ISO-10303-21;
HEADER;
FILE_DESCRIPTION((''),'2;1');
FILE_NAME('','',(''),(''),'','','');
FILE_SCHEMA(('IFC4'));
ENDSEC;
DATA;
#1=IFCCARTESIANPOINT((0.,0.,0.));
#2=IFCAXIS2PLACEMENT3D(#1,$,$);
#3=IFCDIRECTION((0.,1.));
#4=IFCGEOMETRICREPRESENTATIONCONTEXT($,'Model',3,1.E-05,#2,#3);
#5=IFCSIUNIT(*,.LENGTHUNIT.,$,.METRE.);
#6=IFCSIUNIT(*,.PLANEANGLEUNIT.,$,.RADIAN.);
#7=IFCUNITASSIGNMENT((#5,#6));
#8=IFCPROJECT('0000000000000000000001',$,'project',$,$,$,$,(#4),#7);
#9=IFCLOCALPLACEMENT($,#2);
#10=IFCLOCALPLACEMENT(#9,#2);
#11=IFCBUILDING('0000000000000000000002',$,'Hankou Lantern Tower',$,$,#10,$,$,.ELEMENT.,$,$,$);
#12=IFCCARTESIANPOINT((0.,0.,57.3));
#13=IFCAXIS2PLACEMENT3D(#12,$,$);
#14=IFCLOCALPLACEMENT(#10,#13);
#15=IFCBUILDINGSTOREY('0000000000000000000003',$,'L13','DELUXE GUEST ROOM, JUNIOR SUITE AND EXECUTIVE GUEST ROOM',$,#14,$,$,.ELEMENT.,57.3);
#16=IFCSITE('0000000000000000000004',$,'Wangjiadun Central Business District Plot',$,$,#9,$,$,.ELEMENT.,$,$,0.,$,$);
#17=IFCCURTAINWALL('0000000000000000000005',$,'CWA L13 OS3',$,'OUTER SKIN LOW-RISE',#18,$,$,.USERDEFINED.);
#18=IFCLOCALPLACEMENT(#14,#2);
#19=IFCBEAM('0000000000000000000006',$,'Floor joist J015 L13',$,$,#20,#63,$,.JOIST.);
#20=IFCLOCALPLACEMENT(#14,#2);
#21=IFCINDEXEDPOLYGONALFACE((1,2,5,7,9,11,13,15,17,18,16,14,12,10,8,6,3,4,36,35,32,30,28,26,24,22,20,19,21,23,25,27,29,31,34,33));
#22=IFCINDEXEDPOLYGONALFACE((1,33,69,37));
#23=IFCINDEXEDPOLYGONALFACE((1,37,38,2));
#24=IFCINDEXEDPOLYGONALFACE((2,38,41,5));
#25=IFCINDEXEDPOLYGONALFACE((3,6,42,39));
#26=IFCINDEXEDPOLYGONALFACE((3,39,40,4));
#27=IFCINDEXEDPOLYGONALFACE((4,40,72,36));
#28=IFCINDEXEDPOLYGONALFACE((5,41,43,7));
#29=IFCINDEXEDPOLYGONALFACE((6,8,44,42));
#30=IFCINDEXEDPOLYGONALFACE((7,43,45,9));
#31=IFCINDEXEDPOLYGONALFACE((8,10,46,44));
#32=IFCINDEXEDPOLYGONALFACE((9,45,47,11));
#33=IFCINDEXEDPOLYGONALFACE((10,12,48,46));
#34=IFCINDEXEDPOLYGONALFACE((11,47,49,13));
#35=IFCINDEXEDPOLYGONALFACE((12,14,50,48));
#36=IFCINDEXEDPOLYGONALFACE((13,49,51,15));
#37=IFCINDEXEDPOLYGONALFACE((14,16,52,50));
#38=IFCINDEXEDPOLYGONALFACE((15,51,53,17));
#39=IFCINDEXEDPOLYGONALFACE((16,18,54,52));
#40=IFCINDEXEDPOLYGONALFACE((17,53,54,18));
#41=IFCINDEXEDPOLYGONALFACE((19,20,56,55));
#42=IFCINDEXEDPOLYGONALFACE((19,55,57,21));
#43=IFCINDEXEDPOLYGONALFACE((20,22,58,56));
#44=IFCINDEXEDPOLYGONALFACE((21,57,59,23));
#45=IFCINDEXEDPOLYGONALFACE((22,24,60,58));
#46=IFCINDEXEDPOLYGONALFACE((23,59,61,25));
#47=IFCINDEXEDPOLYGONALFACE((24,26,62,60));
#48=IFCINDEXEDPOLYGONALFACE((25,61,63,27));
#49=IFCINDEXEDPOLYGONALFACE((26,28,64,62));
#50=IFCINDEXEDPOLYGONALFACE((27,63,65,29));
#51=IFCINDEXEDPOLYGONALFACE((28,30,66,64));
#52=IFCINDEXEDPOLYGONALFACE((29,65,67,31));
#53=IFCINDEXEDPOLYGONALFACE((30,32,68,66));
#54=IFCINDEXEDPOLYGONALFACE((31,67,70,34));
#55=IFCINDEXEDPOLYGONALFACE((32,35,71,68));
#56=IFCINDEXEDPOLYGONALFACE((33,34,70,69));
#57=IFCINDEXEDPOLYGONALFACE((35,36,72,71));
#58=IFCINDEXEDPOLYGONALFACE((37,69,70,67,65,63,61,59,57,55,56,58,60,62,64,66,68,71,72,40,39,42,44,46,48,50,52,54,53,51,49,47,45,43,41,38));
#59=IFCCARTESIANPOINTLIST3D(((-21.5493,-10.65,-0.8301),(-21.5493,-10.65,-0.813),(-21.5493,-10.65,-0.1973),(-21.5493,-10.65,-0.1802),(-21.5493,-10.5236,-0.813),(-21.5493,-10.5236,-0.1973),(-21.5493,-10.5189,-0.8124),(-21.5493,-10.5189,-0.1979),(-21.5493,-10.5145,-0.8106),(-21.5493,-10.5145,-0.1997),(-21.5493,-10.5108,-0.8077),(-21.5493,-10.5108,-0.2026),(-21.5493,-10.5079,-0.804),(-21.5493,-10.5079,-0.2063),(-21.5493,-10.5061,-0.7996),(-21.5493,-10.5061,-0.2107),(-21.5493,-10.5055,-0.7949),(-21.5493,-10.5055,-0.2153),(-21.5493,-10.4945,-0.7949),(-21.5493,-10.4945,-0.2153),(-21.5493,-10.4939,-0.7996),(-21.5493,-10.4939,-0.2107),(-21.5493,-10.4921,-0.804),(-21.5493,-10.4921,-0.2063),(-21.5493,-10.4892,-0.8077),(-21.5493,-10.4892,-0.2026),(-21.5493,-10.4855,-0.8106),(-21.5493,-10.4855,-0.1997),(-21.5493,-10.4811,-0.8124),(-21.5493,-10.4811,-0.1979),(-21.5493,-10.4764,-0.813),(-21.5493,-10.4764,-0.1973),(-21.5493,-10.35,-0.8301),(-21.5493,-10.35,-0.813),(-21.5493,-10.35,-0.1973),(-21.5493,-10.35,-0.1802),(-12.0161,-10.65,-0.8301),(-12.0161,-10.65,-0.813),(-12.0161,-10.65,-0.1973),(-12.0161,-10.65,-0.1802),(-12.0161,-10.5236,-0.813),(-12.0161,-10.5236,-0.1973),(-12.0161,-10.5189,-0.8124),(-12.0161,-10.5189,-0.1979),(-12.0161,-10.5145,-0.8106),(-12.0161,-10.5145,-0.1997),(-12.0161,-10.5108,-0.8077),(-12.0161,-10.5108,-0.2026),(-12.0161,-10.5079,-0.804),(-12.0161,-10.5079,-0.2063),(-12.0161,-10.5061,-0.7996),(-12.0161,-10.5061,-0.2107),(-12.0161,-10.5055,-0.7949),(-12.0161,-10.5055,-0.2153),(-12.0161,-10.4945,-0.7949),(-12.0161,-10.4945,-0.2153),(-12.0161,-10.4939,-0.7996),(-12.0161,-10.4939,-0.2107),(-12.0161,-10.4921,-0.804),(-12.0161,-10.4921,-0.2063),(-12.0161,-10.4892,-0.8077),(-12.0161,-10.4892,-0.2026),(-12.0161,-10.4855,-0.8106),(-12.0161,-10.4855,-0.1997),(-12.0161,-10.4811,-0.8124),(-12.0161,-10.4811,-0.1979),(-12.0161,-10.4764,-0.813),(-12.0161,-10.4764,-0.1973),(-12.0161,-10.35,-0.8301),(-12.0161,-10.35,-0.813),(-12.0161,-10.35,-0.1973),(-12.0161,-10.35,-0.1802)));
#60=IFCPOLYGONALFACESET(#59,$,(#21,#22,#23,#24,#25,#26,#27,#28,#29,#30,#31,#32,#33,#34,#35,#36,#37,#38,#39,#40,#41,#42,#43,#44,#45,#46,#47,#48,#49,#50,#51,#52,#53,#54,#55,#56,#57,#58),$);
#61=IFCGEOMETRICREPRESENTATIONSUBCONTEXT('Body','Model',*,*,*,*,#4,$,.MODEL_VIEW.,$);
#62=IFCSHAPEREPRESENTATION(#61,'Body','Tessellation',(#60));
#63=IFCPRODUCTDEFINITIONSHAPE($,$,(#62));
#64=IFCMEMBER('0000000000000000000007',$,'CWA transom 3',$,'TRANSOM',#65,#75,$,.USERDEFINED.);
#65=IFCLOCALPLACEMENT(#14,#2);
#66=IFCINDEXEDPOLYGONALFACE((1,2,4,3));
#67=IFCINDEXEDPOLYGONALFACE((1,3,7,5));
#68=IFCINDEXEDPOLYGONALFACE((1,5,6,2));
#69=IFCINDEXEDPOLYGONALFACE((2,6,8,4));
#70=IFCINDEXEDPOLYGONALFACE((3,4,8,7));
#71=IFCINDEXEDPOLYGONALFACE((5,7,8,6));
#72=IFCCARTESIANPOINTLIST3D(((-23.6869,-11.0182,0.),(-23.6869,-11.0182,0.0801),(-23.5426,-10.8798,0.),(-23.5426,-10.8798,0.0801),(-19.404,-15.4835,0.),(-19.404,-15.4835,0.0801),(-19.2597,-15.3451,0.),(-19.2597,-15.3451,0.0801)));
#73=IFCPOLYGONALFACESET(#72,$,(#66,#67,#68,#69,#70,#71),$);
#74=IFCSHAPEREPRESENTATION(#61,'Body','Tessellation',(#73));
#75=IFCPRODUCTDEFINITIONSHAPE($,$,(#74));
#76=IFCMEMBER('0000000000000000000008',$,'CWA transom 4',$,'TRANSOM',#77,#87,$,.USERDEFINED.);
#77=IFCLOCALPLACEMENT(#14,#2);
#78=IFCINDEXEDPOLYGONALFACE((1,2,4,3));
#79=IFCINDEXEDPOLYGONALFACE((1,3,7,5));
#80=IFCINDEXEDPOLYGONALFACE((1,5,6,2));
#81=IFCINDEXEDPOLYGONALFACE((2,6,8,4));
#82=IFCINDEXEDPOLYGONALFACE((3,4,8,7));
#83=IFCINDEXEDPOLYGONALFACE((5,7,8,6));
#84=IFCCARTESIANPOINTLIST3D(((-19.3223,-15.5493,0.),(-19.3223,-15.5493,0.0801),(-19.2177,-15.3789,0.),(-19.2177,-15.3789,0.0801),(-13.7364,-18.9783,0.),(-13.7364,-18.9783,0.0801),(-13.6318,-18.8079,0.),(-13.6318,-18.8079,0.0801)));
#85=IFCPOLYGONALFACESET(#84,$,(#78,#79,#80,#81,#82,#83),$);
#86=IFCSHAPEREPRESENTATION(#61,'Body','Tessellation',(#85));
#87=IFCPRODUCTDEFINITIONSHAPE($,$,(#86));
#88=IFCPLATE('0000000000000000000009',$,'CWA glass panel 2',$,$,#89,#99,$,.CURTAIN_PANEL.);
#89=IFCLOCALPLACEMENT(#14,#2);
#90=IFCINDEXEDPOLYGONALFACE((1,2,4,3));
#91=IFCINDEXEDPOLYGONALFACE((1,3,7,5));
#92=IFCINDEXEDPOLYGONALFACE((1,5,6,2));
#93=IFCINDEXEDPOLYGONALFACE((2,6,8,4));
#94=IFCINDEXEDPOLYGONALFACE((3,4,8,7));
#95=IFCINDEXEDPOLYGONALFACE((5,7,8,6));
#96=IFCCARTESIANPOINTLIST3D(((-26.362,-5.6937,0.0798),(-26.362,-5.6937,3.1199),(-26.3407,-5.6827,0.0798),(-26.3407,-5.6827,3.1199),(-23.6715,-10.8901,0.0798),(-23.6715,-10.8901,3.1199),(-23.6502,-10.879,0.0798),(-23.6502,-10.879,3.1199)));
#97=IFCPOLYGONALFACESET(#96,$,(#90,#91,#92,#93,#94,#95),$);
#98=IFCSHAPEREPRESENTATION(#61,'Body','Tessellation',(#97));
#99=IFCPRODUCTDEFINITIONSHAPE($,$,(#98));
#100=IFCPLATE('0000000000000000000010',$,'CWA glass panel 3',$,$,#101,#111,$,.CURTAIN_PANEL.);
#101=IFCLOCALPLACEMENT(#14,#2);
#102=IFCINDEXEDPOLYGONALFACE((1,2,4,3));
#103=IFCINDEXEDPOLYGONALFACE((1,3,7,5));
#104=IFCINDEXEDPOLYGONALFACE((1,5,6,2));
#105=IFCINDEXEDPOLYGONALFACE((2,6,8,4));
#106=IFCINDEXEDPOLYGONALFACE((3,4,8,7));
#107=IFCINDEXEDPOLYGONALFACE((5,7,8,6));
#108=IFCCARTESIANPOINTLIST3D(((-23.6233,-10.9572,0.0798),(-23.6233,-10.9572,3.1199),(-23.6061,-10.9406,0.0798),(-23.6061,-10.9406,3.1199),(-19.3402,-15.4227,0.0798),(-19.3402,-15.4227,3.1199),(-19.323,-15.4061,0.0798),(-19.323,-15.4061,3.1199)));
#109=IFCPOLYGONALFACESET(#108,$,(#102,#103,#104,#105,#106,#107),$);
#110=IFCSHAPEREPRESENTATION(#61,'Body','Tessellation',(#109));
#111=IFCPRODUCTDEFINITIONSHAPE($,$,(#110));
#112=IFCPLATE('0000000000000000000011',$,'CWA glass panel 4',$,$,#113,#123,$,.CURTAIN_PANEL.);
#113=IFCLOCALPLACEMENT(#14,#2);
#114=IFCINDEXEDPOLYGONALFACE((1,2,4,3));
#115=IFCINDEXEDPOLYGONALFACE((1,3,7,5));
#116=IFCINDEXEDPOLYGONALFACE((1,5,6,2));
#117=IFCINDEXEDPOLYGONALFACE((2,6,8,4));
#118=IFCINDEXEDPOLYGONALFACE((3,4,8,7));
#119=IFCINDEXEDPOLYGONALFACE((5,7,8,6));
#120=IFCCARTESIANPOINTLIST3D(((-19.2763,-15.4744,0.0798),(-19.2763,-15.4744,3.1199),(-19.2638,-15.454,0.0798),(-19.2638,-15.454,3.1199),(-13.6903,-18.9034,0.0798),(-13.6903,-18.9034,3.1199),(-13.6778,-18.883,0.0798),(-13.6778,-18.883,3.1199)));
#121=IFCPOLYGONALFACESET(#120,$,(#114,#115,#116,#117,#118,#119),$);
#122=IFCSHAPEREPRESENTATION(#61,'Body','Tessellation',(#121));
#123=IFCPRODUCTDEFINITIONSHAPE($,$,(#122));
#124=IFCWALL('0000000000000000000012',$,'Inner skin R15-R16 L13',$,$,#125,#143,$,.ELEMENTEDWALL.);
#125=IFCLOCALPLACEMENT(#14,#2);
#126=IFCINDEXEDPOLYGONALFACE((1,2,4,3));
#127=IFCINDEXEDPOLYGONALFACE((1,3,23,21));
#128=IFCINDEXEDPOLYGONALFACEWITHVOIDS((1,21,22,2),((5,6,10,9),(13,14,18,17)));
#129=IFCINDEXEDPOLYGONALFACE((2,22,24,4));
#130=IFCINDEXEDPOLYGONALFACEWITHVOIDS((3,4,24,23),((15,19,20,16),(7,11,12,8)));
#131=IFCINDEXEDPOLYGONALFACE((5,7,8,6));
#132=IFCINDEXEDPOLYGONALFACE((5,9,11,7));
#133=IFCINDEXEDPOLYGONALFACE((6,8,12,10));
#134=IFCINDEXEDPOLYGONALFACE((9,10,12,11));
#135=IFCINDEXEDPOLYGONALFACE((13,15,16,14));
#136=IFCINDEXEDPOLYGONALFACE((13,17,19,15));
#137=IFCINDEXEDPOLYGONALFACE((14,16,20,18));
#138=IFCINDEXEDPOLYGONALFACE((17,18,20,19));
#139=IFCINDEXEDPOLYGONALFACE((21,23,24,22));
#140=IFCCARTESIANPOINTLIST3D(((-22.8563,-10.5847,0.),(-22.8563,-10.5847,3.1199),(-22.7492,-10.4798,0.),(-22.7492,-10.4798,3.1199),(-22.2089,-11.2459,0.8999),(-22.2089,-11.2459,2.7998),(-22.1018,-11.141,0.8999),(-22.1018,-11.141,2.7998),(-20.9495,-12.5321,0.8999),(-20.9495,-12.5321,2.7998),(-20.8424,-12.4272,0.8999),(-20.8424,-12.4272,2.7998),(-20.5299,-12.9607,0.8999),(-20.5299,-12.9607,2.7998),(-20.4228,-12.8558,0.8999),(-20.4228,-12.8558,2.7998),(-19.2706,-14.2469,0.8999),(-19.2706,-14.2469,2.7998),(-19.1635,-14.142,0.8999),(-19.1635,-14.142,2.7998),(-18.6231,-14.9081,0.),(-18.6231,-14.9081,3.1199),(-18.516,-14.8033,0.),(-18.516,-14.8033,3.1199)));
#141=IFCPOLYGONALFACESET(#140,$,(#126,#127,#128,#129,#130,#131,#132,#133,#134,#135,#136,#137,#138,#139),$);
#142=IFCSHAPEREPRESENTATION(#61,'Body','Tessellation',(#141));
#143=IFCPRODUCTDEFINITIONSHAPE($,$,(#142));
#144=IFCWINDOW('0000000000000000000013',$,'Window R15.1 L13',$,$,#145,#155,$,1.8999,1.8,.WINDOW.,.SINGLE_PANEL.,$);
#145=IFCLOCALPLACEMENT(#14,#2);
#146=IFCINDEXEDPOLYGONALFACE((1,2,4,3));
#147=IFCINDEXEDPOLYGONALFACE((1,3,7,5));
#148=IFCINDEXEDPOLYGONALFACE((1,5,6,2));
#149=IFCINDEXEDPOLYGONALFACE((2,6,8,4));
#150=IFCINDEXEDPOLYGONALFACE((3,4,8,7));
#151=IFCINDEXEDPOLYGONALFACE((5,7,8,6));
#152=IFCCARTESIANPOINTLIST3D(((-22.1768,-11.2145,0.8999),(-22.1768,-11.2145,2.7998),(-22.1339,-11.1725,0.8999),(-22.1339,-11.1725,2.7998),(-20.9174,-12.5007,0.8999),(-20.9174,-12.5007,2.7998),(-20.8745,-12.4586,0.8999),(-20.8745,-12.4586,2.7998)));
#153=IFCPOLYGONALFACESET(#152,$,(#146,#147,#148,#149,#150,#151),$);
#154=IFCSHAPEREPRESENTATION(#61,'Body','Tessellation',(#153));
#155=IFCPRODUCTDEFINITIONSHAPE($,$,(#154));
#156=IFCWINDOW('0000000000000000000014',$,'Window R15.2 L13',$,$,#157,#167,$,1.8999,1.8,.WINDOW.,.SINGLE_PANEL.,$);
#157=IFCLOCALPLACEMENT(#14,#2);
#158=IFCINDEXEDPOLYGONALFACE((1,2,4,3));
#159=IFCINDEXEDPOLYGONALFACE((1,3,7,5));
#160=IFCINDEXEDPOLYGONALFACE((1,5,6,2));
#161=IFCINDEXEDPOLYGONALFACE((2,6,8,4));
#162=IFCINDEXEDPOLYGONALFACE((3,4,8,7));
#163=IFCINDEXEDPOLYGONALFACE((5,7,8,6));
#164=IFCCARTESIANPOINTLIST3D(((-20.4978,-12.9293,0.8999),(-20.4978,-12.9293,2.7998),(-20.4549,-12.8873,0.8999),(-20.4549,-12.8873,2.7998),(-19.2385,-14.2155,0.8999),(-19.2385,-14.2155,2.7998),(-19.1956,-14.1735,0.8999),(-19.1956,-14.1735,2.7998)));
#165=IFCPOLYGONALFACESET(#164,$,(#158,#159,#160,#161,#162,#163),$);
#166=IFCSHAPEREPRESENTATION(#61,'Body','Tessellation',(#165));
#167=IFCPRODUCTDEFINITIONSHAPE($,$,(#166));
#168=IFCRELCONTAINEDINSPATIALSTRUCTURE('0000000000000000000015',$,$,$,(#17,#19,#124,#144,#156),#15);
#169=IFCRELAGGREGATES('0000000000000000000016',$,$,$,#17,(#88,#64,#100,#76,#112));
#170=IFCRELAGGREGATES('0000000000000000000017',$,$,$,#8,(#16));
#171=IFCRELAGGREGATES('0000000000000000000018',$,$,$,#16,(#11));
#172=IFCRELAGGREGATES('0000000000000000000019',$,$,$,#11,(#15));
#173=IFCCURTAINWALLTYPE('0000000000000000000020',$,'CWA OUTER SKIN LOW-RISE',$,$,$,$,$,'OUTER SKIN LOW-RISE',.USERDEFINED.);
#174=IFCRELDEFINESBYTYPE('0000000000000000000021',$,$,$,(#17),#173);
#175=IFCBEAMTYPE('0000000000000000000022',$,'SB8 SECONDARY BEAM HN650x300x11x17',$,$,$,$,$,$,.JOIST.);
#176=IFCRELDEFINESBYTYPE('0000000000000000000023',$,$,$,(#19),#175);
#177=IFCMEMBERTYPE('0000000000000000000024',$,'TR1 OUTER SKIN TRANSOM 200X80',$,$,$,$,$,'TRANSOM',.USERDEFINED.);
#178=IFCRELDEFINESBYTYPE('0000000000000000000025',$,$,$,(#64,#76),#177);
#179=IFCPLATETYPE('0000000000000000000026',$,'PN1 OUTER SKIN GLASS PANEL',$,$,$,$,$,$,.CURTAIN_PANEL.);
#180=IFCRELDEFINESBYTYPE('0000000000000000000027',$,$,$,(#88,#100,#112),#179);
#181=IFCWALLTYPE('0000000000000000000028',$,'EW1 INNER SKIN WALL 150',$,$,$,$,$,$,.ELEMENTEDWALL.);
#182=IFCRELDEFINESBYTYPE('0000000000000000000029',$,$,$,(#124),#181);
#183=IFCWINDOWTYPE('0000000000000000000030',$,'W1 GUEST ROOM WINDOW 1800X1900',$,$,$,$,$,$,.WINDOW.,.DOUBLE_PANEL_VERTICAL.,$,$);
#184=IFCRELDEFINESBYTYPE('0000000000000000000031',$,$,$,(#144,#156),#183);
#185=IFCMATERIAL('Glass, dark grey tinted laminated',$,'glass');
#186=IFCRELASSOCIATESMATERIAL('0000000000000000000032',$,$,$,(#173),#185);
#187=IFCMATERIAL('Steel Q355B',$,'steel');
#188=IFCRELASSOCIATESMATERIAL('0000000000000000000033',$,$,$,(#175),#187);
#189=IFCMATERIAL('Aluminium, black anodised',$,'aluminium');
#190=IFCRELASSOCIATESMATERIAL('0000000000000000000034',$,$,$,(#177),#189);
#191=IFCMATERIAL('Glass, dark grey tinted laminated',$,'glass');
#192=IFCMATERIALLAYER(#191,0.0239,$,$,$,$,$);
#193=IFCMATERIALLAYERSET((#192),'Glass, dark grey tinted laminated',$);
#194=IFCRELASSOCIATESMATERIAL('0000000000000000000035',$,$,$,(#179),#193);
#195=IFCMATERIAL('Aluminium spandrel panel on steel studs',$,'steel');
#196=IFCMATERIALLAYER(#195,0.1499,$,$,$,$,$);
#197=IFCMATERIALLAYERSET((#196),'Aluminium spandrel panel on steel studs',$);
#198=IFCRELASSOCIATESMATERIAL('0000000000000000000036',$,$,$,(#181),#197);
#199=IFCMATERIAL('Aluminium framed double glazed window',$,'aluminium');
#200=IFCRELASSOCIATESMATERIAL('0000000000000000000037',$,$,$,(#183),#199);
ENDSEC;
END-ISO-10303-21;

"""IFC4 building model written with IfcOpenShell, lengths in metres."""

from ifc_helpers import new_model, si_unit, direction, frame, frame_2d, origin, origin_2d, place, context, subcontext, project, spatial, rectangle, i_section, extrude, material, layer, layer_set, material_profile, profile_set, type_object, element, fill, aggregate, save


model = new_model("IFC4")

# Units and contexts
model_context = context("Model", 3, precision=1e-05, world=origin(), true_north=direction((0.0, 1.0)))
body_context = subcontext(model_context, "Body", "Model", "MODEL_VIEW")
ifc_project = project(units=[si_unit("LENGTHUNIT", "METRE"), si_unit("PLANEANGLEUNIT", "RADIAN")], contexts=[model_context])

# Site, building, storey
site_placement = place(None, origin())
site = spatial("IfcSite", under=ifc_project, at=site_placement, Name="Wangjiadun Central Business District Plot", CompositionType="ELEMENT", RefElevation=0.0)
building_placement = place(site_placement, origin())
building = spatial("IfcBuilding", under=site, at=building_placement, Name="Hankou Lantern Tower", CompositionType="ELEMENT")
storey_placement = place(building_placement, frame((0.0, 0.0, 57.3)))
storey = spatial("IfcBuildingStorey", under=building, at=storey_placement, Name="L13", Description="DELUXE GUEST ROOM, JUNIOR SUITE AND EXECUTIVE GUEST ROOM", CompositionType="ELEMENT", Elevation=57.3)

# Curtain wall
ifc_material_1 = material(Name="Glass, dark grey tinted laminated", Category="glass")
curtain_wall_type = type_object("IfcCurtainWallType", Name="CWA OUTER SKIN LOW-RISE", ElementType="OUTER SKIN LOW-RISE", PredefinedType="USERDEFINED", material=ifc_material_1)
curtain_wall_placement = place(storey_placement, origin())
curtain_wall = element("IfcCurtainWall", 1, at=curtain_wall_placement, inside=storey, type_object=curtain_wall_type, Name="CWA L13 OS3", ObjectType="OUTER SKIN LOW-RISE", PredefinedType="USERDEFINED")

# Beam
ifc_material_2 = material(Name="Steel Q355B", Category="steel")
ifc_material_profile_1 = material_profile(ifc_material_2, i_section(OverallWidth=0.3, OverallDepth=0.6499, WebThickness=0.011, FlangeThickness=0.0171, FilletRadius=0.0181, at=origin_2d()), Name="HN650x300x11x17")
ifc_profile_set_1 = profile_set([ifc_material_profile_1], Name="Steel Q355B")
beam_type_1 = type_object("IfcBeamType", Name="SB8 SECONDARY BEAM HN650x300x11x17", PredefinedType="JOIST", material=ifc_profile_set_1)
beam_1_placement = place(storey_placement, frame((-21.5493, -10.5, -0.5051), z_axis=(1.0, 0.0, 0.0), x_axis=(0.0, 1.0, 0.0)))
element("IfcBeam", 2, at=beam_1_placement, inside=storey, type_object=beam_type_1, Name="Floor joist J015 L13", PredefinedType="JOIST", context=body_context, shape_type="SweptSolid", body=[
    extrude(i_section(OverallWidth=0.3, OverallDepth=0.6499, WebThickness=0.011, FlangeThickness=0.0171, FilletRadius=0.0181, at=origin_2d()), origin(), (0.0, 0.0, 1.0), 9.5332),
])

# Members
ifc_material_3 = material(Name="Aluminium, black anodised", Category="aluminium")
ifc_material_profile_2 = material_profile(ifc_material_3, rectangle(XDim=0.2, YDim=0.0801, at=origin_2d()), Name="TR1 200X80")
ifc_profile_set_2 = profile_set([ifc_material_profile_2], Name="Aluminium, black anodised")
member_type_1 = type_object("IfcMemberType", Name="TR1 OUTER SKIN TRANSOM 200X80", ElementType="TRANSOM", PredefinedType="USERDEFINED", material=ifc_profile_set_2)
member_1_placement = place(storey_placement, frame((-23.6147, -10.949, 0.04), z_axis=(0.692216, -0.721691, 0.0), x_axis=(0.721691, 0.692216, 0.0)))
member_1 = element("IfcMember", 3, at=member_1_placement, type_object=member_type_1, Name="CWA transom 3", ObjectType="TRANSOM", PredefinedType="USERDEFINED", context=body_context, shape_type="SweptSolid", body=[
    extrude(rectangle(XDim=0.2, YDim=0.0801, at=origin_2d()), origin(), (0.0, 0.0, 1.0), 6.1873),
])
member_2_placement = place(storey_placement, frame((-19.27, -15.4641, 0.04), z_axis=(0.85224, -0.523152, 0.0), x_axis=(0.523152, 0.85224, 0.0)))
member_2 = element("IfcMember", 4, at=member_2_placement, type_object=member_type_1, Name="CWA transom 4", ObjectType="TRANSOM", PredefinedType="USERDEFINED", context=body_context, shape_type="SweptSolid", body=[
    extrude(rectangle(XDim=0.2, YDim=0.0801, at=origin_2d()), origin(), (0.0, 0.0, 1.0), 6.5544),
])

# Plates
ifc_material_4 = material(Name="Glass, dark grey tinted laminated", Category="glass")
ifc_layer_1 = layer(ifc_material_4, 0.0239)
ifc_layer_set_1 = layer_set([ifc_layer_1], Name="Glass, dark grey tinted laminated")
plate_type = type_object("IfcPlateType", Name="PN1 OUTER SKIN GLASS PANEL", PredefinedType="CURTAIN_PANEL", material=ifc_layer_set_1)
plate_1_placement = place(storey_placement, frame((-25.0061, -8.2864, 0.0798), z_axis=(0.0, 0.0, 1.0), x_axis=(0.459791, -0.888027, 0.0)))
plate_1 = element("IfcPlate", 5, at=plate_1_placement, type_object=plate_type, Name="CWA glass panel 2", PredefinedType="CURTAIN_PANEL", context=body_context, shape_type="SweptSolid", body=[
    extrude(rectangle(XDim=5.8516, YDim=0.0239, at=origin_2d()), origin(), (0.0, 0.0, 1.0), 3.04),
])
plate_2_placement = place(storey_placement, frame((-21.4731, -13.1816, 0.0798), z_axis=(0.0, 0.0, 1.0), x_axis=(0.692216, -0.721691, 0.0)))
plate_2 = element("IfcPlate", 6, at=plate_2_placement, type_object=plate_type, Name="CWA glass panel 3", PredefinedType="CURTAIN_PANEL", context=body_context, shape_type="SweptSolid", body=[
    extrude(rectangle(XDim=6.1875, YDim=0.0239, at=origin_2d()), origin(), (0.0, 0.0, 1.0), 3.04),
])
plate_3_placement = place(storey_placement, frame((-16.4771, -17.1787, 0.0798), z_axis=(0.0, 0.0, 1.0), x_axis=(0.852237, -0.523156, 0.0)))
plate_3 = element("IfcPlate", 7, at=plate_3_placement, type_object=plate_type, Name="CWA glass panel 4", PredefinedType="CURTAIN_PANEL", context=body_context, shape_type="SweptSolid", body=[
    extrude(rectangle(XDim=6.5544, YDim=0.0239, at=origin_2d()), origin(), (0.0, 0.0, 1.0), 3.04),
])
aggregate(curtain_wall, [plate_1, member_1, plate_2, member_2, plate_3])

# Wall, openings, windows
ifc_material_5 = material(Name="Aluminium spandrel panel on steel studs", Category="steel")
ifc_layer_2 = layer(ifc_material_5, 0.1499)
ifc_layer_set_2 = layer_set([ifc_layer_2], Name="Aluminium spandrel panel on steel studs")
wall_type_1 = type_object("IfcWallType", Name="EW1 INNER SKIN WALL 150", PredefinedType="ELEMENTEDWALL", material=ifc_layer_set_2)
wall_1_placement = place(storey_placement, frame((-22.8027, -10.5322, 0.0), z_axis=(0.0, 0.0, 1.0), x_axis=(0.699603, -0.714532, 0.0)))
wall_1 = element("IfcWall", 8, at=wall_1_placement, inside=storey, type_object=wall_type_1, Name="Inner skin R15-R16 L13", PredefinedType="ELEMENTEDWALL", context=body_context, shape_type="SweptSolid", body=[
    extrude(rectangle(XDim=6.0508, YDim=0.1499, at=frame_2d((3.0254, 0.0))), origin(), (0.0, 0.0, 1.0), 3.1199),
])
opening_1_placement = place(wall_1_placement, frame((0.9255, 0.0, 0.8999)))
opening_1 = element("IfcOpeningElement", 9, at=opening_1_placement, cuts=wall_1, PredefinedType="OPENING", context=body_context, shape_type="SweptSolid", body=[
    extrude(rectangle(XDim=1.8, YDim=1.8999, at=frame_2d((0.8999, 0.95))), frame((0.0, 0.085, 0.0), z_axis=(0.0, -1.0, 0.0), x_axis=(1.0, 0.0, 0.0)), (0.0, 0.0, 1.0), 0.1699),
])
opening_2_placement = place(wall_1_placement, frame((3.3254, 0.0, 0.8999)))
opening_2 = element("IfcOpeningElement", 10, at=opening_2_placement, cuts=wall_1, PredefinedType="OPENING", context=body_context, shape_type="SweptSolid", body=[
    extrude(rectangle(XDim=1.8, YDim=1.8999, at=frame_2d((0.8999, 0.95))), frame((0.0, 0.085, 0.0), z_axis=(0.0, -1.0, 0.0), x_axis=(1.0, 0.0, 0.0)), (0.0, 0.0, 1.0), 0.1699),
])
ifc_material_6 = material(Name="Aluminium framed double glazed window", Category="aluminium")
window_type = type_object("IfcWindowType", Name="W1 GUEST ROOM WINDOW 1800X1900", PartitioningType="DOUBLE_PANEL_VERTICAL", PredefinedType="WINDOW", material=ifc_material_6)
window_1_placement = place(opening_1_placement, origin())
window_1 = element("IfcWindow", 11, at=window_1_placement, inside=storey, type_object=window_type, Name="Window R15.1 L13", OverallHeight=1.8999, OverallWidth=1.8, PartitioningType="SINGLE_PANEL", PredefinedType="WINDOW", context=body_context, shape_type="SweptSolid", body=[
    extrude(rectangle(XDim=1.8, YDim=1.8999, at=frame_2d((0.8999, 0.95))), frame((0.0, 0.03, 0.0), z_axis=(0.0, -1.0, 0.0), x_axis=(1.0, 0.0, 0.0)), (0.0, 0.0, 1.0), 0.0601),
])
fill(opening_1, window_1)
window_2_placement = place(opening_2_placement, origin())
window_2 = element("IfcWindow", 12, at=window_2_placement, inside=storey, type_object=window_type, Name="Window R15.2 L13", OverallHeight=1.8999, OverallWidth=1.8, PartitioningType="SINGLE_PANEL", PredefinedType="WINDOW", context=body_context, shape_type="SweptSolid", body=[
    extrude(rectangle(XDim=1.8, YDim=1.8999, at=frame_2d((0.8999, 0.95))), frame((0.0, 0.03, 0.0), z_axis=(0.0, -1.0, 0.0), x_axis=(1.0, 0.0, 0.0)), (0.0, 0.0, 1.0), 0.0601),
])
fill(opening_2, window_2)

save(model, "model.ifc")
